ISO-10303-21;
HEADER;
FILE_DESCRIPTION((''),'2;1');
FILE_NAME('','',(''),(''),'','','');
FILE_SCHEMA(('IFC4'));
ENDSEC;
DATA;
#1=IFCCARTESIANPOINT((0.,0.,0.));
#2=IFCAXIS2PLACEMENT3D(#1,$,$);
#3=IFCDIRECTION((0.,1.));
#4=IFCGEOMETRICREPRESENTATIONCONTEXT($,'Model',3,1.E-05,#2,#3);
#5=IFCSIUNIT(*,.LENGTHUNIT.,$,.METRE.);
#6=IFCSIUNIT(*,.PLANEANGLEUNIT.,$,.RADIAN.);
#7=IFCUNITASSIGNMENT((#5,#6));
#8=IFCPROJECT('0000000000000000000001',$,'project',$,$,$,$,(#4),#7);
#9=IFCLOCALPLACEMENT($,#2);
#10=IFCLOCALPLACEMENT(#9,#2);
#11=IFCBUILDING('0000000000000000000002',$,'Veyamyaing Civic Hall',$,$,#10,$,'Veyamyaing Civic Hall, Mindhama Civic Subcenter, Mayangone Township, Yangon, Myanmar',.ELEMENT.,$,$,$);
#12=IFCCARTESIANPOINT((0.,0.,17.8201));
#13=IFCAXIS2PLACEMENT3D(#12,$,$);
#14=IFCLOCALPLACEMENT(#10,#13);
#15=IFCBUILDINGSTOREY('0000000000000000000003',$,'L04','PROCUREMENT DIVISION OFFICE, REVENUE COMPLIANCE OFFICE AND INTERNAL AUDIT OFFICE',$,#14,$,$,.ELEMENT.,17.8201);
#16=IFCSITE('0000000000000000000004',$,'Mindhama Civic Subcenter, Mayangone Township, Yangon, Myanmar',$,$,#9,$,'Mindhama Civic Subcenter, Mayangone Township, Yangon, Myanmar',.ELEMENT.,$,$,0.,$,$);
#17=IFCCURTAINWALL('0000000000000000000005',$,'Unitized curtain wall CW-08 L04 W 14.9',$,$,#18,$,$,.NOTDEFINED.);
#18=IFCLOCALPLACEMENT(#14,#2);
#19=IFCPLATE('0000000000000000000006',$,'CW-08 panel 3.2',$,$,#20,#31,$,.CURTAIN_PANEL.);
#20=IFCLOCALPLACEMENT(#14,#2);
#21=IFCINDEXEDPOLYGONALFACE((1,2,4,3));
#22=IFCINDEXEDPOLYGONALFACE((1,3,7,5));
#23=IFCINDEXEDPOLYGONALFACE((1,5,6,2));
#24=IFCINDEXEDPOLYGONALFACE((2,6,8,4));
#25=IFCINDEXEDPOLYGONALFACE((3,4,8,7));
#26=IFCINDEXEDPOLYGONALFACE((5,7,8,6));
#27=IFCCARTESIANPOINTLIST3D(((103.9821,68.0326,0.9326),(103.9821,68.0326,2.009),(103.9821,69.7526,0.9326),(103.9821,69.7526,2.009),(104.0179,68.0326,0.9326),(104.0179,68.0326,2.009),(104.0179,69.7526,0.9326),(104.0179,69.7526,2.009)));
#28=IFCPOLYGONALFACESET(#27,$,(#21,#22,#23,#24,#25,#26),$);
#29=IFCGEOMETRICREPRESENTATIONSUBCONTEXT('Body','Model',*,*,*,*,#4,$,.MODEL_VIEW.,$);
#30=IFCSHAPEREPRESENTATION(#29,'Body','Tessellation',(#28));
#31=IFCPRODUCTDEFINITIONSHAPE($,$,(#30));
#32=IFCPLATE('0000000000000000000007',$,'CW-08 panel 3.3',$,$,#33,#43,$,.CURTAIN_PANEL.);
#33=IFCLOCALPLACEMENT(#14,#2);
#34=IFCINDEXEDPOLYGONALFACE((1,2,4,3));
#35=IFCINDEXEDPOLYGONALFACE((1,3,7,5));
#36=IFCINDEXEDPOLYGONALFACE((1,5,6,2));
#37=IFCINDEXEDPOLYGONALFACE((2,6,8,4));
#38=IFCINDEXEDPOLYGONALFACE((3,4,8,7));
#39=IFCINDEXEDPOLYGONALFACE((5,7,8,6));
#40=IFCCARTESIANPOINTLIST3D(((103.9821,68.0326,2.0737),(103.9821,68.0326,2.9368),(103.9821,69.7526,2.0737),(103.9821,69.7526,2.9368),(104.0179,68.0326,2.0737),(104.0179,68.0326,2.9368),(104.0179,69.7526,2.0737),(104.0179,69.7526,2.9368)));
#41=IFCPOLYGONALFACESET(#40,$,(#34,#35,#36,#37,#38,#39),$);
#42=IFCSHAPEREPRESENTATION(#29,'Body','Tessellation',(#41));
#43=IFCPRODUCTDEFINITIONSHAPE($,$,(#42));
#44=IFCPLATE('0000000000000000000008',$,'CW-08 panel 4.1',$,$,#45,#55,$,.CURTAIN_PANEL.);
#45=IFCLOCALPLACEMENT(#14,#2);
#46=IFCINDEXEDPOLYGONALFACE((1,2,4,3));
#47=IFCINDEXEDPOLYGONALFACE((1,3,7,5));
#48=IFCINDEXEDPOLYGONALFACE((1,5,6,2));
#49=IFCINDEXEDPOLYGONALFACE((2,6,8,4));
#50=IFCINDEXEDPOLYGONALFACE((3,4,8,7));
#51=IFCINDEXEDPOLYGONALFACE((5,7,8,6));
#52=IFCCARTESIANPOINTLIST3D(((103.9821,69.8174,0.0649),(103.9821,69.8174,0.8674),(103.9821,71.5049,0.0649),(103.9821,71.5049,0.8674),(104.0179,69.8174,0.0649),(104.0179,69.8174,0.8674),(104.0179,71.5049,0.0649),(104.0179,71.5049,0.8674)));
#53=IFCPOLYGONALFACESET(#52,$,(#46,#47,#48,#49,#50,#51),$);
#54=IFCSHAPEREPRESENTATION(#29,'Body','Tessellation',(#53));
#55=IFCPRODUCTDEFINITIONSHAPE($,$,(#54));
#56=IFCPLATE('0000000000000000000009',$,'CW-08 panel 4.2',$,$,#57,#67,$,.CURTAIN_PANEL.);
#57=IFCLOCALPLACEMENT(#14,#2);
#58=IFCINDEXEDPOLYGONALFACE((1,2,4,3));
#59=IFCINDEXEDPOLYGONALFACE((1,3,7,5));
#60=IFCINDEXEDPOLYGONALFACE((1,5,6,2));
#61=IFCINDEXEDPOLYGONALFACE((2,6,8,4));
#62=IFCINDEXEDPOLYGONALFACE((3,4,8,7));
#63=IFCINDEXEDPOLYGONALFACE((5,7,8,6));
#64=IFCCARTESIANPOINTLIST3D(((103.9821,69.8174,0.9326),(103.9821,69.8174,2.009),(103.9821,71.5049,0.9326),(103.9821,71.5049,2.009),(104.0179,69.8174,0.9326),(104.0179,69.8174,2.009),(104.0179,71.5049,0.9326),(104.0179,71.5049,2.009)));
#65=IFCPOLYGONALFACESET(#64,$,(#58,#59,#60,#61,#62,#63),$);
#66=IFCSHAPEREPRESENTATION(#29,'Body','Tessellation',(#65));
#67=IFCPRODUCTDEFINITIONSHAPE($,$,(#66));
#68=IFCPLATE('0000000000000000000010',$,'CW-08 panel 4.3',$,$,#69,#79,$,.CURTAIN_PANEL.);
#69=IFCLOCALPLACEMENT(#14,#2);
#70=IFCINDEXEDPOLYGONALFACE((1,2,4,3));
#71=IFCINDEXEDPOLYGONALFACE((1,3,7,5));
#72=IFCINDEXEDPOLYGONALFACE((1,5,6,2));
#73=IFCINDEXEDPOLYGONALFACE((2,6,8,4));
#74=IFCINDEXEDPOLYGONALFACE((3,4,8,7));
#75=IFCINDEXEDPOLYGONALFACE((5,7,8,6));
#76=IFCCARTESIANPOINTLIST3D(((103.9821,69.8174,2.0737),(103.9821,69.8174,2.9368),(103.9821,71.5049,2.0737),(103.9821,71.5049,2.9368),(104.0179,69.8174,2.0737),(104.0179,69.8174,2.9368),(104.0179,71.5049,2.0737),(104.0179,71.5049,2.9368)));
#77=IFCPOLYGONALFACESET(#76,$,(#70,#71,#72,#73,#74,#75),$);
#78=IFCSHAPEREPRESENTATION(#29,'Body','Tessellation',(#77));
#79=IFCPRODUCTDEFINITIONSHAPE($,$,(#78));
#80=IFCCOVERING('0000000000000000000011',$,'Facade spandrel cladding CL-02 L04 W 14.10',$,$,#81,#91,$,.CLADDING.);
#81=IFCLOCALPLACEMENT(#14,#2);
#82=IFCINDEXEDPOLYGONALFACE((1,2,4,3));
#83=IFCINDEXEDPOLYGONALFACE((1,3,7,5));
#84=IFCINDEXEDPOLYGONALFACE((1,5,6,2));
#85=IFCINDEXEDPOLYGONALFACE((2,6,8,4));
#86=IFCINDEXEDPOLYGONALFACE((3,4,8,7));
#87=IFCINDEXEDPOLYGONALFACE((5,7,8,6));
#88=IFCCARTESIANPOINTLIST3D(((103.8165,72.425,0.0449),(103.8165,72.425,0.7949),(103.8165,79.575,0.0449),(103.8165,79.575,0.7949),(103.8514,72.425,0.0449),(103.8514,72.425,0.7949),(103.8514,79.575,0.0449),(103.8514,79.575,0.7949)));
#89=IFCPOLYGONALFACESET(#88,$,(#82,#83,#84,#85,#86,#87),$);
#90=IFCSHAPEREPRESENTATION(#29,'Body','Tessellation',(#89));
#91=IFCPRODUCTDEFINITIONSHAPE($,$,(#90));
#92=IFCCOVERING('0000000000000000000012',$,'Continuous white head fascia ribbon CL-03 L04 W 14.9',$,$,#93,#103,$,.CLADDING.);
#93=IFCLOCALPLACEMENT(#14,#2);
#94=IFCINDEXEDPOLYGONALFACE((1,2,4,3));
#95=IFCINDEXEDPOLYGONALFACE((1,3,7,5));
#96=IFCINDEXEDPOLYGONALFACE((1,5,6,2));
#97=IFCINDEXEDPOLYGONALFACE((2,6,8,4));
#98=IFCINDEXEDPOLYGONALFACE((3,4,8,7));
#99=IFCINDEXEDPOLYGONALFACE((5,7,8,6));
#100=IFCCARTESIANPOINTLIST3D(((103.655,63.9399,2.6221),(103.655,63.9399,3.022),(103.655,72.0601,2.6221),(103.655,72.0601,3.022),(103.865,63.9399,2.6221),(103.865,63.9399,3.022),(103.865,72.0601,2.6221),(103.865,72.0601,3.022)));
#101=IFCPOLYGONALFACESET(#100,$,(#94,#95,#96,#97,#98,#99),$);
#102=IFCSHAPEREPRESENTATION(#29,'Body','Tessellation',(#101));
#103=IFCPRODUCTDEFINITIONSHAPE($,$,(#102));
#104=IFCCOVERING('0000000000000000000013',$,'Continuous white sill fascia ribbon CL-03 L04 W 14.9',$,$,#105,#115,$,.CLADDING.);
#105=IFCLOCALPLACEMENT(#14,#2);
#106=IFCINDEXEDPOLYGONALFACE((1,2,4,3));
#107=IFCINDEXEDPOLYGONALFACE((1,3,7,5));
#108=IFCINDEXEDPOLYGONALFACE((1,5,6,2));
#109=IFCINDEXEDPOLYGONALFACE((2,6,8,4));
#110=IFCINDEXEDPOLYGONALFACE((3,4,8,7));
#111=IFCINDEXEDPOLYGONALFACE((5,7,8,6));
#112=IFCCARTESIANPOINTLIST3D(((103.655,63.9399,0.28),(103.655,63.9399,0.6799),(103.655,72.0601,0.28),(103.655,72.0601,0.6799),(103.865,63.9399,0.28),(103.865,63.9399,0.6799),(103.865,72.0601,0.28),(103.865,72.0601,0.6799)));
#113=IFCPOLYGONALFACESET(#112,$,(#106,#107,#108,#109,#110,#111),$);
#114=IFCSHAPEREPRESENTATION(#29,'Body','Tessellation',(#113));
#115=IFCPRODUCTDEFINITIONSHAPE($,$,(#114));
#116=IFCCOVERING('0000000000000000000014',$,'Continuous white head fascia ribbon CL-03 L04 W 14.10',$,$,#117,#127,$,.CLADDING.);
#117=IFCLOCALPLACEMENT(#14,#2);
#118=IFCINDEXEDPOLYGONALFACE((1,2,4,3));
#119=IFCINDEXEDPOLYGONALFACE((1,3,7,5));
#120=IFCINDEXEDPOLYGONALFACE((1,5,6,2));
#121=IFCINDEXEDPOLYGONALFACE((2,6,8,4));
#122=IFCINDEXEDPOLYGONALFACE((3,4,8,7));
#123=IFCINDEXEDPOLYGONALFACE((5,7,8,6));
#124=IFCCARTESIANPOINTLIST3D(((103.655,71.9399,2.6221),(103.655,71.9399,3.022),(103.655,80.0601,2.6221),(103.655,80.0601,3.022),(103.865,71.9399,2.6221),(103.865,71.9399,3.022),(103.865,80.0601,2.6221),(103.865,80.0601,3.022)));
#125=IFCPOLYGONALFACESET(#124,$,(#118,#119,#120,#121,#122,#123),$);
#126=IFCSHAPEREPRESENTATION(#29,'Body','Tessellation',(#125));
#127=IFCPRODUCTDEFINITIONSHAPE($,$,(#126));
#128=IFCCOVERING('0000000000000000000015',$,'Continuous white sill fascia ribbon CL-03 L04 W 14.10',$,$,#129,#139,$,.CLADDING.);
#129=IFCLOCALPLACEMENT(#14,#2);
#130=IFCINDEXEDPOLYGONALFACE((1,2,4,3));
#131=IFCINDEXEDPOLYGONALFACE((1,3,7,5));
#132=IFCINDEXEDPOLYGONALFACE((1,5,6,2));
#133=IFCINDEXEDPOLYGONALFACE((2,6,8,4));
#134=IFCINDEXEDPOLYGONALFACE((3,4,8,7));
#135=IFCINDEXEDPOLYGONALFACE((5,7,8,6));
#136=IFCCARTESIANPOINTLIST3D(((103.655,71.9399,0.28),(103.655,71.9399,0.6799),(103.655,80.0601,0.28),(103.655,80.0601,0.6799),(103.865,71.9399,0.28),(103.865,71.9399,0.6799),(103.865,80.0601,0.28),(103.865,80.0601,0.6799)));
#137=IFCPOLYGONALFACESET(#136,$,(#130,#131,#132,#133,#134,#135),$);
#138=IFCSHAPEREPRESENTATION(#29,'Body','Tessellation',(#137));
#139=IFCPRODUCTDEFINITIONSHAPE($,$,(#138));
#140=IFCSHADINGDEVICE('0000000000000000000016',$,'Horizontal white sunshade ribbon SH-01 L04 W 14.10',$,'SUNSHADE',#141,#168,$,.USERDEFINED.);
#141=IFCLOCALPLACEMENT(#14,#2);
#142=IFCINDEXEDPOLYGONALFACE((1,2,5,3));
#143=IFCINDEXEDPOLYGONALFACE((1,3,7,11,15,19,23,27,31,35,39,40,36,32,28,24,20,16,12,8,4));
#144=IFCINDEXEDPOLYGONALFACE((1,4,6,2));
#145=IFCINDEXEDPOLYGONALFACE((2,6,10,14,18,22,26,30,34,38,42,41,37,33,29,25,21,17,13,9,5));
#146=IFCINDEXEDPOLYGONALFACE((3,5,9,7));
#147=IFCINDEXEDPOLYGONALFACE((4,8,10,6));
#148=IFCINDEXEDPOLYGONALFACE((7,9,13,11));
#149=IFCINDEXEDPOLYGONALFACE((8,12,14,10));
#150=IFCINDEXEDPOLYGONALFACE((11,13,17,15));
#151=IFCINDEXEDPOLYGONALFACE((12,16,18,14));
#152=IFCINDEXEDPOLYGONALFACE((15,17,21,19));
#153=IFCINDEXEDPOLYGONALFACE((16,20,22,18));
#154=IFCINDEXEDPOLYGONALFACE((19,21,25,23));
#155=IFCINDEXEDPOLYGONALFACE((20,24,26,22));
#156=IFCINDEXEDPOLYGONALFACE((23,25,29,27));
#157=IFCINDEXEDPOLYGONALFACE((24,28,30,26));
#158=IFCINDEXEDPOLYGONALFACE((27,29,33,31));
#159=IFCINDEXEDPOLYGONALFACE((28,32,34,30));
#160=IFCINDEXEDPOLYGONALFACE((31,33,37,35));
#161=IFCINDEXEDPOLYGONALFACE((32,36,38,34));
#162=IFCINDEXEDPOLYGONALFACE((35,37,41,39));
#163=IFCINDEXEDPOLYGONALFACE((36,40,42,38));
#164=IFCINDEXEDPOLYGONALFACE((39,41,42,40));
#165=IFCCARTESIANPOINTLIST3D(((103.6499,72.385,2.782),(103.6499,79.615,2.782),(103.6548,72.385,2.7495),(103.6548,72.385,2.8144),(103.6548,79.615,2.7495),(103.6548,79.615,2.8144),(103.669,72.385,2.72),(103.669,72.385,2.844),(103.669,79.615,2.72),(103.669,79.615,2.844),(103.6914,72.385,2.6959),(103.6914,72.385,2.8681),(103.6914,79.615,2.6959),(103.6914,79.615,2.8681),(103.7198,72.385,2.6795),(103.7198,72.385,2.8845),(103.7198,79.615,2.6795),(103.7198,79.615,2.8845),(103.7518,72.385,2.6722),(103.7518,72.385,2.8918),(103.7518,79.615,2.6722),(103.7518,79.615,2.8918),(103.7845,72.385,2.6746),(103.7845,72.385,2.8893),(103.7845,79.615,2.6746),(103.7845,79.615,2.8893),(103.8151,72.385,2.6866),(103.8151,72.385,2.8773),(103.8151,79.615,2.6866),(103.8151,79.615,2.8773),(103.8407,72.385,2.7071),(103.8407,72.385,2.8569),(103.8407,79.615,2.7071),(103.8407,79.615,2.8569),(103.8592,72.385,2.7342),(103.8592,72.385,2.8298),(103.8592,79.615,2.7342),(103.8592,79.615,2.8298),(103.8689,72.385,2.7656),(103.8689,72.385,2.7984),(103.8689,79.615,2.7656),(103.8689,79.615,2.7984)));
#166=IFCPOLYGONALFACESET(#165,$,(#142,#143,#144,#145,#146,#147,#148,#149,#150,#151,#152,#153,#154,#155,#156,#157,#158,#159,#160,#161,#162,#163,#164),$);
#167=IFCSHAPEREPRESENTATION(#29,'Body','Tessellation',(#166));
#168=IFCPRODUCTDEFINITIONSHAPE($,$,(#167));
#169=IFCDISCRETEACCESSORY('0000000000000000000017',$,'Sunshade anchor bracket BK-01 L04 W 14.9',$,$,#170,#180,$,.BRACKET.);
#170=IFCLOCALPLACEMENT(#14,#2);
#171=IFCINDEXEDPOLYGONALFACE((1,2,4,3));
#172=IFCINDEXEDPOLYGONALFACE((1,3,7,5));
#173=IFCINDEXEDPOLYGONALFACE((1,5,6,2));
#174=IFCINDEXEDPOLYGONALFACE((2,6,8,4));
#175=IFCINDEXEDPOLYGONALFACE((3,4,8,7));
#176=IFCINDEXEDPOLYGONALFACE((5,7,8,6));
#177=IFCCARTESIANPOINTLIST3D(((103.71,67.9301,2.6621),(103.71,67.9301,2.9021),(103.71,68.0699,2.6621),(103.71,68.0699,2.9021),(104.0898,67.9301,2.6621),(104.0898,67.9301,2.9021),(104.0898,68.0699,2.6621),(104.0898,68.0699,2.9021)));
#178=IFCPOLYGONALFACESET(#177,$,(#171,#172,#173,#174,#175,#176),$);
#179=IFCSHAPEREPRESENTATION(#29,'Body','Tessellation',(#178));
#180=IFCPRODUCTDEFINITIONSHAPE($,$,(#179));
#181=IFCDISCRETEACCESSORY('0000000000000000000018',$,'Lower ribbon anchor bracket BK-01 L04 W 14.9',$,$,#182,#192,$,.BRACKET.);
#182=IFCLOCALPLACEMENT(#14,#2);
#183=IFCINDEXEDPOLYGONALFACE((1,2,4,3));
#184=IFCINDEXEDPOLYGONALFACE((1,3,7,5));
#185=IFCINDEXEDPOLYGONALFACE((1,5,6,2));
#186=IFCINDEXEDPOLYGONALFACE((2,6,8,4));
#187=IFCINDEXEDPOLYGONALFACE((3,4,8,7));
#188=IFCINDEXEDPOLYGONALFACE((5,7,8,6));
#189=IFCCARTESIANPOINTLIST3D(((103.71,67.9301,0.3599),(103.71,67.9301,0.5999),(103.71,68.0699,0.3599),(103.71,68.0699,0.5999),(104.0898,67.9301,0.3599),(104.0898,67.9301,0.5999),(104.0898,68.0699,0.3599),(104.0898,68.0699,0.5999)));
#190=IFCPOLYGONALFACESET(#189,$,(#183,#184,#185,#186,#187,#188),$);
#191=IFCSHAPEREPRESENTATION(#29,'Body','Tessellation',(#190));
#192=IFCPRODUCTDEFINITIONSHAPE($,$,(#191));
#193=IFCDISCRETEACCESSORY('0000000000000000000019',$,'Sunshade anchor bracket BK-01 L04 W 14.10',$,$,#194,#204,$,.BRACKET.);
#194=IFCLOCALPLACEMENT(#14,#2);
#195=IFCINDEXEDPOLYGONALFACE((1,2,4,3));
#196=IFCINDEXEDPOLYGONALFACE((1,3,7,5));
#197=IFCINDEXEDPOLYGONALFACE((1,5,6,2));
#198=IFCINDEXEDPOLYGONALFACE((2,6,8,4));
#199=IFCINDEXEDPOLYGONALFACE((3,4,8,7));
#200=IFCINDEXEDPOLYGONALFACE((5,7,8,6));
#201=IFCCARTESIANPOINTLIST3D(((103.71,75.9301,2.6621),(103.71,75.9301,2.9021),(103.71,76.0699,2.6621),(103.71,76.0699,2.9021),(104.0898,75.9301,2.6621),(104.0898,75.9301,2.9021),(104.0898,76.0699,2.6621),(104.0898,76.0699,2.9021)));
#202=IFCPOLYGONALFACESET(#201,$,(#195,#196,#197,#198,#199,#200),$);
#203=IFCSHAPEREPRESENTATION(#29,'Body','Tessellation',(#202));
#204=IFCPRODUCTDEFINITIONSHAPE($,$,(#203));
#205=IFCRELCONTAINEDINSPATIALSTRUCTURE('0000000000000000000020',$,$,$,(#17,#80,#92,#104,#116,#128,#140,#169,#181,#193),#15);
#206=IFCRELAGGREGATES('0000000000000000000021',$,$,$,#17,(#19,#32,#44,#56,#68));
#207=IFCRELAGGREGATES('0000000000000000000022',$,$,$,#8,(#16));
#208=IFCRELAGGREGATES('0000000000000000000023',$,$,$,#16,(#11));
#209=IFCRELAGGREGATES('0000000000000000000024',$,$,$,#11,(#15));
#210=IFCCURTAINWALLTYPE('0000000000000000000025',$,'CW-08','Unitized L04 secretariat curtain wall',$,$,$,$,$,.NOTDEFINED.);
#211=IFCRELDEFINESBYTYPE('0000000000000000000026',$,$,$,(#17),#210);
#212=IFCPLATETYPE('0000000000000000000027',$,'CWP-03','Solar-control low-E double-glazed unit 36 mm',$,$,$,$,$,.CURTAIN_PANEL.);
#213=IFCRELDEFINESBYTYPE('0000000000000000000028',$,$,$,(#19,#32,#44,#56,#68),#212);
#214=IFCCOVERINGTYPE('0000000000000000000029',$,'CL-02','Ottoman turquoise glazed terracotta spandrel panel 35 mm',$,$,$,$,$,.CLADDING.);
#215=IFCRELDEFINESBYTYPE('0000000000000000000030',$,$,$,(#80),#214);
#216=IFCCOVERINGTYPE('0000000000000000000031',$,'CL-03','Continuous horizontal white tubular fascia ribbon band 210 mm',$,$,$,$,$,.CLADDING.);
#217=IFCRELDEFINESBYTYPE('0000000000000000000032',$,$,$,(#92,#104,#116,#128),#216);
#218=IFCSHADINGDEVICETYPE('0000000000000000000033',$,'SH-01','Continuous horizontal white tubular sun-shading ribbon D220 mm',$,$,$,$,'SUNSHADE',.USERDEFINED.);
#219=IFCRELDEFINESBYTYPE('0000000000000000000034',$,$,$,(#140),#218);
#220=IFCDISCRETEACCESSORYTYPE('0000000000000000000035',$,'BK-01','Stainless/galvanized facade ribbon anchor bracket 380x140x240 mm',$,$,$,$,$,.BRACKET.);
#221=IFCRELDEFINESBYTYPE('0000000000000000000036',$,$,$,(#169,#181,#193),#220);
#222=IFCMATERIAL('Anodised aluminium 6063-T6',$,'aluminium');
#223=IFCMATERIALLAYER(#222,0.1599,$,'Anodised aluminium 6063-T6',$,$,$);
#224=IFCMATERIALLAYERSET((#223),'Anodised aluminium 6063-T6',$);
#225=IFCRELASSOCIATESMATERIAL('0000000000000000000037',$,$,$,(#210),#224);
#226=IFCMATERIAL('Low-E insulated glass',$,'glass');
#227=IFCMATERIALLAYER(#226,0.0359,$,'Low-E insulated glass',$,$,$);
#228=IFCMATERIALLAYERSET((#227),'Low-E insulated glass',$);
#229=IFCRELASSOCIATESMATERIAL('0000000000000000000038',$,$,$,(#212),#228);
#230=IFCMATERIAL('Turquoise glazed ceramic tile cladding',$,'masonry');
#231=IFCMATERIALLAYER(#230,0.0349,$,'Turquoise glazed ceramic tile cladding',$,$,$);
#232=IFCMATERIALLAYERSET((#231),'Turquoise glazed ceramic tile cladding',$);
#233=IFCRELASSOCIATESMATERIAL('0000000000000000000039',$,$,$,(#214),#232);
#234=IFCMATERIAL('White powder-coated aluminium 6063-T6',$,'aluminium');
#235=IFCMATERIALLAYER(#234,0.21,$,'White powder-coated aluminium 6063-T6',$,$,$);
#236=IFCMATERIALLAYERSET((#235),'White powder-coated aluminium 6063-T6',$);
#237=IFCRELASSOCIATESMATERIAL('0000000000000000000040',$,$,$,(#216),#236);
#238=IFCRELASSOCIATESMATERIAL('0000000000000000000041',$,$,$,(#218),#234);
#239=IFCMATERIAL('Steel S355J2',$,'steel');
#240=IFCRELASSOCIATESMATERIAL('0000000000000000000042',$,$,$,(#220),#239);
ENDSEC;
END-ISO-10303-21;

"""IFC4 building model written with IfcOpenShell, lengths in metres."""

from ifc_helpers import new_model, si_unit, direction, frame, origin, origin_2d, place, context, subcontext, project, spatial, rectangle, circle, extrude, material, layer, layer_set, material_profile, profile_set, type_object, element, aggregate, save


model = new_model("IFC4")

# Units and contexts
model_context = context("Model", 3, precision=1e-05, world=origin(), true_north=direction((0.0, 1.0)))
body_context = subcontext(model_context, "Body", "Model", "MODEL_VIEW")
ifc_project = project(units=[si_unit("LENGTHUNIT", "METRE"), si_unit("PLANEANGLEUNIT", "RADIAN")], contexts=[model_context])

# Site, building, storey
site_placement = place(None, origin())
site = spatial("IfcSite", under=ifc_project, at=site_placement, Name="Mindhama Civic Subcenter, Mayangone Township, Yangon, Myanmar", LongName="Mindhama Civic Subcenter, Mayangone Township, Yangon, Myanmar", CompositionType="ELEMENT", RefElevation=0.0)
building_placement = place(site_placement, origin())
building = spatial("IfcBuilding", under=site, at=building_placement, Name="Veyamyaing Civic Hall", LongName="Veyamyaing Civic Hall, Mindhama Civic Subcenter, Mayangone Township, Yangon, Myanmar", CompositionType="ELEMENT")
storey_placement = place(building_placement, frame((0.0, 0.0, 17.8201)))
storey = spatial("IfcBuildingStorey", under=building, at=storey_placement, Name="L04", Description="PROCUREMENT DIVISION OFFICE, REVENUE COMPLIANCE OFFICE AND INTERNAL AUDIT OFFICE", CompositionType="ELEMENT", Elevation=17.8201)

# Curtain wall
ifc_material_1 = material(Name="Anodised aluminium 6063-T6", Category="aluminium")
ifc_layer_1 = layer(ifc_material_1, 0.1599, Name="Anodised aluminium 6063-T6")
ifc_layer_set_1 = layer_set([ifc_layer_1], Name="Anodised aluminium 6063-T6")
curtain_wall_type = type_object("IfcCurtainWallType", Name="CW-08", Description="Unitized L04 secretariat curtain wall", PredefinedType="NOTDEFINED", material=ifc_layer_set_1)
curtain_wall_placement = place(storey_placement, origin())
curtain_wall = element("IfcCurtainWall", 1, at=curtain_wall_placement, inside=storey, type_object=curtain_wall_type, Name="Unitized curtain wall CW-08 L04 W 14.9", PredefinedType="NOTDEFINED")

# Plates
ifc_material_2 = material(Name="Low-E insulated glass", Category="glass")
ifc_layer_2 = layer(ifc_material_2, 0.0359, Name="Low-E insulated glass")
ifc_layer_set_2 = layer_set([ifc_layer_2], Name="Low-E insulated glass")
plate_type = type_object("IfcPlateType", Name="CWP-03", Description="Solar-control low-E double-glazed unit 36 mm", PredefinedType="CURTAIN_PANEL", material=ifc_layer_set_2)
plate_1_placement = place(storey_placement, frame((104.0, 68.8926, 0.9326), z_axis=(0.0, 0.0, 1.0), x_axis=(0.0, 1.0, 0.0)))
plate_1 = element("IfcPlate", 2, at=plate_1_placement, type_object=plate_type, Name="CW-08 panel 3.2", PredefinedType="CURTAIN_PANEL", context=body_context, shape_type="SweptSolid", body=[
    extrude(rectangle(XDim=1.72, YDim=0.0359, at=origin_2d()), origin(), (0.0, 0.0, 1.0), 1.0764),
])
plate_2_placement = place(storey_placement, frame((104.0, 68.8926, 2.0737), z_axis=(0.0, 0.0, 1.0), x_axis=(0.0, 1.0, 0.0)))
plate_2 = element("IfcPlate", 3, at=plate_2_placement, type_object=plate_type, Name="CW-08 panel 3.3", PredefinedType="CURTAIN_PANEL", context=body_context, shape_type="SweptSolid", body=[
    extrude(rectangle(XDim=1.72, YDim=0.0359, at=origin_2d()), origin(), (0.0, 0.0, 1.0), 0.863),
])
plate_3_placement = place(storey_placement, frame((104.0, 70.6611, 0.0649), z_axis=(0.0, 0.0, 1.0), x_axis=(0.0, 1.0, 0.0)))
plate_3 = element("IfcPlate", 4, at=plate_3_placement, type_object=plate_type, Name="CW-08 panel 4.1", PredefinedType="CURTAIN_PANEL", context=body_context, shape_type="SweptSolid", body=[
    extrude(rectangle(XDim=1.6875, YDim=0.0359, at=origin_2d()), origin(), (0.0, 0.0, 1.0), 0.8025),
])
plate_4_placement = place(storey_placement, frame((104.0, 70.6611, 0.9326), z_axis=(0.0, 0.0, 1.0), x_axis=(0.0, 1.0, 0.0)))
plate_4 = element("IfcPlate", 5, at=plate_4_placement, type_object=plate_type, Name="CW-08 panel 4.2", PredefinedType="CURTAIN_PANEL", context=body_context, shape_type="SweptSolid", body=[
    extrude(rectangle(XDim=1.6875, YDim=0.0359, at=origin_2d()), origin(), (0.0, 0.0, 1.0), 1.0764),
])
plate_5_placement = place(storey_placement, frame((104.0, 70.6611, 2.0737), z_axis=(0.0, 0.0, 1.0), x_axis=(0.0, 1.0, 0.0)))
plate_5 = element("IfcPlate", 6, at=plate_5_placement, type_object=plate_type, Name="CW-08 panel 4.3", PredefinedType="CURTAIN_PANEL", context=body_context, shape_type="SweptSolid", body=[
    extrude(rectangle(XDim=1.6875, YDim=0.0359, at=origin_2d()), origin(), (0.0, 0.0, 1.0), 0.863),
])
aggregate(curtain_wall, [plate_1, plate_2, plate_3, plate_4, plate_5])

# Coverings
ifc_material_3 = material(Name="Turquoise glazed ceramic tile cladding", Category="masonry")
ifc_layer_3 = layer(ifc_material_3, 0.0349, Name="Turquoise glazed ceramic tile cladding")
ifc_layer_set_3 = layer_set([ifc_layer_3], Name="Turquoise glazed ceramic tile cladding")
covering_type_1 = type_object("IfcCoveringType", Name="CL-02", Description="Ottoman turquoise glazed terracotta spandrel panel 35 mm", PredefinedType="CLADDING", material=ifc_layer_set_3)
covering_placement = place(storey_placement, frame((103.834, 76.0, 0.0449), z_axis=(0.0, 0.0, 1.0), x_axis=(0.0, 1.0, 0.0)))
element("IfcCovering", 7, at=covering_placement, inside=storey, type_object=covering_type_1, Name="Facade spandrel cladding CL-02 L04 W 14.10", PredefinedType="CLADDING", context=body_context, shape_type="SweptSolid", body=[
    extrude(rectangle(XDim=7.1499, YDim=0.0349, at=origin_2d()), origin(), (0.0, 0.0, 1.0), 0.75),
])
ifc_material_4 = material(Name="White powder-coated aluminium 6063-T6", Category="aluminium")
ifc_layer_4 = layer(ifc_material_4, 0.21, Name="White powder-coated aluminium 6063-T6")
ifc_layer_set_4 = layer_set([ifc_layer_4], Name="White powder-coated aluminium 6063-T6")
covering_type_2 = type_object("IfcCoveringType", Name="CL-03", Description="Continuous horizontal white tubular fascia ribbon band 210 mm", PredefinedType="CLADDING", material=ifc_layer_set_4)
for number, where, z_axis, x_axis, name in (
    (8, (103.76, 68.0, 2.6221), (0.0, 0.0, 1.0), (0.0, 1.0, 0.0), "Continuous white head fascia ribbon CL-03 L04 W 14.9"),
    (9, (103.76, 68.0, 0.28), (0.0, 0.0, 1.0), (0.0, 1.0, 0.0), "Continuous white sill fascia ribbon CL-03 L04 W 14.9"),
    (10, (103.76, 76.0, 2.6221), (0.0, 0.0, 1.0), (0.0, 1.0, 0.0), "Continuous white head fascia ribbon CL-03 L04 W 14.10"),
    (11, (103.76, 76.0, 0.28), (0.0, 0.0, 1.0), (0.0, 1.0, 0.0), "Continuous white sill fascia ribbon CL-03 L04 W 14.10"),
):
    element("IfcCovering", number, at=place(storey_placement, frame(where, z_axis=z_axis, x_axis=x_axis)), inside=storey, type_object=covering_type_2, Name=name, PredefinedType="CLADDING", context=body_context, shape_type="SweptSolid", body=[
        extrude(rectangle(XDim=8.1201, YDim=0.21, at=origin_2d()), origin(), (0.0, 0.0, 1.0), 0.3999),
    ])

# Shading device
ifc_material_profile_1 = material_profile(ifc_material_4, circle(Radius=0.1101, at=origin_2d()), Name="SHADE-TUBE-220")
ifc_profile_set_1 = profile_set([ifc_material_profile_1], Name="White powder-coated aluminium 6063-T6")
shading_device_type = type_object("IfcShadingDeviceType", Name="SH-01", Description="Continuous horizontal white tubular sun-shading ribbon D220 mm", ElementType="SUNSHADE", PredefinedType="USERDEFINED", material=ifc_profile_set_1)
shading_device_placement = place(storey_placement, frame((103.76, 72.385, 2.782), z_axis=(0.0, 1.0, 0.0), x_axis=(-1.0, 0.0, 0.0)))
element("IfcShadingDevice", 12, at=shading_device_placement, inside=storey, type_object=shading_device_type, Name="Horizontal white sunshade ribbon SH-01 L04 W 14.10", ObjectType="SUNSHADE", PredefinedType="USERDEFINED", context=body_context, shape_type="SweptSolid", body=[
    extrude(circle(Radius=0.1101, at=origin_2d()), origin(), (0.0, 0.0, 1.0), 7.23),
])

# Discrete accessories
ifc_material_5 = material(Name="Steel S355J2", Category="steel")
discrete_accessory_type = type_object("IfcDiscreteAccessoryType", Name="BK-01", Description="Stainless/galvanized facade ribbon anchor bracket 380x140x240 mm", PredefinedType="BRACKET", material=ifc_material_5)
for number, where, z_axis, x_axis, name in (
    (13, (103.8999, 68.0, 2.6621), (0.0, 0.0, 1.0), (-1.0, 0.0, 0.0), "Sunshade anchor bracket BK-01 L04 W 14.9"),
    (14, (103.8999, 68.0, 0.3599), (0.0, 0.0, 1.0), (-1.0, 0.0, 0.0), "Lower ribbon anchor bracket BK-01 L04 W 14.9"),
    (15, (103.8999, 76.0, 2.6621), (0.0, 0.0, 1.0), (-1.0, 0.0, 0.0), "Sunshade anchor bracket BK-01 L04 W 14.10"),
):
    element("IfcDiscreteAccessory", number, at=place(storey_placement, frame(where, z_axis=z_axis, x_axis=x_axis)), inside=storey, type_object=discrete_accessory_type, Name=name, PredefinedType="BRACKET", context=body_context, shape_type="SweptSolid", body=[
        extrude(rectangle(XDim=0.3799, YDim=0.1399, at=origin_2d()), origin(), (0.0, 0.0, 1.0), 0.24),
    ])

save(model, "model.ifc")
